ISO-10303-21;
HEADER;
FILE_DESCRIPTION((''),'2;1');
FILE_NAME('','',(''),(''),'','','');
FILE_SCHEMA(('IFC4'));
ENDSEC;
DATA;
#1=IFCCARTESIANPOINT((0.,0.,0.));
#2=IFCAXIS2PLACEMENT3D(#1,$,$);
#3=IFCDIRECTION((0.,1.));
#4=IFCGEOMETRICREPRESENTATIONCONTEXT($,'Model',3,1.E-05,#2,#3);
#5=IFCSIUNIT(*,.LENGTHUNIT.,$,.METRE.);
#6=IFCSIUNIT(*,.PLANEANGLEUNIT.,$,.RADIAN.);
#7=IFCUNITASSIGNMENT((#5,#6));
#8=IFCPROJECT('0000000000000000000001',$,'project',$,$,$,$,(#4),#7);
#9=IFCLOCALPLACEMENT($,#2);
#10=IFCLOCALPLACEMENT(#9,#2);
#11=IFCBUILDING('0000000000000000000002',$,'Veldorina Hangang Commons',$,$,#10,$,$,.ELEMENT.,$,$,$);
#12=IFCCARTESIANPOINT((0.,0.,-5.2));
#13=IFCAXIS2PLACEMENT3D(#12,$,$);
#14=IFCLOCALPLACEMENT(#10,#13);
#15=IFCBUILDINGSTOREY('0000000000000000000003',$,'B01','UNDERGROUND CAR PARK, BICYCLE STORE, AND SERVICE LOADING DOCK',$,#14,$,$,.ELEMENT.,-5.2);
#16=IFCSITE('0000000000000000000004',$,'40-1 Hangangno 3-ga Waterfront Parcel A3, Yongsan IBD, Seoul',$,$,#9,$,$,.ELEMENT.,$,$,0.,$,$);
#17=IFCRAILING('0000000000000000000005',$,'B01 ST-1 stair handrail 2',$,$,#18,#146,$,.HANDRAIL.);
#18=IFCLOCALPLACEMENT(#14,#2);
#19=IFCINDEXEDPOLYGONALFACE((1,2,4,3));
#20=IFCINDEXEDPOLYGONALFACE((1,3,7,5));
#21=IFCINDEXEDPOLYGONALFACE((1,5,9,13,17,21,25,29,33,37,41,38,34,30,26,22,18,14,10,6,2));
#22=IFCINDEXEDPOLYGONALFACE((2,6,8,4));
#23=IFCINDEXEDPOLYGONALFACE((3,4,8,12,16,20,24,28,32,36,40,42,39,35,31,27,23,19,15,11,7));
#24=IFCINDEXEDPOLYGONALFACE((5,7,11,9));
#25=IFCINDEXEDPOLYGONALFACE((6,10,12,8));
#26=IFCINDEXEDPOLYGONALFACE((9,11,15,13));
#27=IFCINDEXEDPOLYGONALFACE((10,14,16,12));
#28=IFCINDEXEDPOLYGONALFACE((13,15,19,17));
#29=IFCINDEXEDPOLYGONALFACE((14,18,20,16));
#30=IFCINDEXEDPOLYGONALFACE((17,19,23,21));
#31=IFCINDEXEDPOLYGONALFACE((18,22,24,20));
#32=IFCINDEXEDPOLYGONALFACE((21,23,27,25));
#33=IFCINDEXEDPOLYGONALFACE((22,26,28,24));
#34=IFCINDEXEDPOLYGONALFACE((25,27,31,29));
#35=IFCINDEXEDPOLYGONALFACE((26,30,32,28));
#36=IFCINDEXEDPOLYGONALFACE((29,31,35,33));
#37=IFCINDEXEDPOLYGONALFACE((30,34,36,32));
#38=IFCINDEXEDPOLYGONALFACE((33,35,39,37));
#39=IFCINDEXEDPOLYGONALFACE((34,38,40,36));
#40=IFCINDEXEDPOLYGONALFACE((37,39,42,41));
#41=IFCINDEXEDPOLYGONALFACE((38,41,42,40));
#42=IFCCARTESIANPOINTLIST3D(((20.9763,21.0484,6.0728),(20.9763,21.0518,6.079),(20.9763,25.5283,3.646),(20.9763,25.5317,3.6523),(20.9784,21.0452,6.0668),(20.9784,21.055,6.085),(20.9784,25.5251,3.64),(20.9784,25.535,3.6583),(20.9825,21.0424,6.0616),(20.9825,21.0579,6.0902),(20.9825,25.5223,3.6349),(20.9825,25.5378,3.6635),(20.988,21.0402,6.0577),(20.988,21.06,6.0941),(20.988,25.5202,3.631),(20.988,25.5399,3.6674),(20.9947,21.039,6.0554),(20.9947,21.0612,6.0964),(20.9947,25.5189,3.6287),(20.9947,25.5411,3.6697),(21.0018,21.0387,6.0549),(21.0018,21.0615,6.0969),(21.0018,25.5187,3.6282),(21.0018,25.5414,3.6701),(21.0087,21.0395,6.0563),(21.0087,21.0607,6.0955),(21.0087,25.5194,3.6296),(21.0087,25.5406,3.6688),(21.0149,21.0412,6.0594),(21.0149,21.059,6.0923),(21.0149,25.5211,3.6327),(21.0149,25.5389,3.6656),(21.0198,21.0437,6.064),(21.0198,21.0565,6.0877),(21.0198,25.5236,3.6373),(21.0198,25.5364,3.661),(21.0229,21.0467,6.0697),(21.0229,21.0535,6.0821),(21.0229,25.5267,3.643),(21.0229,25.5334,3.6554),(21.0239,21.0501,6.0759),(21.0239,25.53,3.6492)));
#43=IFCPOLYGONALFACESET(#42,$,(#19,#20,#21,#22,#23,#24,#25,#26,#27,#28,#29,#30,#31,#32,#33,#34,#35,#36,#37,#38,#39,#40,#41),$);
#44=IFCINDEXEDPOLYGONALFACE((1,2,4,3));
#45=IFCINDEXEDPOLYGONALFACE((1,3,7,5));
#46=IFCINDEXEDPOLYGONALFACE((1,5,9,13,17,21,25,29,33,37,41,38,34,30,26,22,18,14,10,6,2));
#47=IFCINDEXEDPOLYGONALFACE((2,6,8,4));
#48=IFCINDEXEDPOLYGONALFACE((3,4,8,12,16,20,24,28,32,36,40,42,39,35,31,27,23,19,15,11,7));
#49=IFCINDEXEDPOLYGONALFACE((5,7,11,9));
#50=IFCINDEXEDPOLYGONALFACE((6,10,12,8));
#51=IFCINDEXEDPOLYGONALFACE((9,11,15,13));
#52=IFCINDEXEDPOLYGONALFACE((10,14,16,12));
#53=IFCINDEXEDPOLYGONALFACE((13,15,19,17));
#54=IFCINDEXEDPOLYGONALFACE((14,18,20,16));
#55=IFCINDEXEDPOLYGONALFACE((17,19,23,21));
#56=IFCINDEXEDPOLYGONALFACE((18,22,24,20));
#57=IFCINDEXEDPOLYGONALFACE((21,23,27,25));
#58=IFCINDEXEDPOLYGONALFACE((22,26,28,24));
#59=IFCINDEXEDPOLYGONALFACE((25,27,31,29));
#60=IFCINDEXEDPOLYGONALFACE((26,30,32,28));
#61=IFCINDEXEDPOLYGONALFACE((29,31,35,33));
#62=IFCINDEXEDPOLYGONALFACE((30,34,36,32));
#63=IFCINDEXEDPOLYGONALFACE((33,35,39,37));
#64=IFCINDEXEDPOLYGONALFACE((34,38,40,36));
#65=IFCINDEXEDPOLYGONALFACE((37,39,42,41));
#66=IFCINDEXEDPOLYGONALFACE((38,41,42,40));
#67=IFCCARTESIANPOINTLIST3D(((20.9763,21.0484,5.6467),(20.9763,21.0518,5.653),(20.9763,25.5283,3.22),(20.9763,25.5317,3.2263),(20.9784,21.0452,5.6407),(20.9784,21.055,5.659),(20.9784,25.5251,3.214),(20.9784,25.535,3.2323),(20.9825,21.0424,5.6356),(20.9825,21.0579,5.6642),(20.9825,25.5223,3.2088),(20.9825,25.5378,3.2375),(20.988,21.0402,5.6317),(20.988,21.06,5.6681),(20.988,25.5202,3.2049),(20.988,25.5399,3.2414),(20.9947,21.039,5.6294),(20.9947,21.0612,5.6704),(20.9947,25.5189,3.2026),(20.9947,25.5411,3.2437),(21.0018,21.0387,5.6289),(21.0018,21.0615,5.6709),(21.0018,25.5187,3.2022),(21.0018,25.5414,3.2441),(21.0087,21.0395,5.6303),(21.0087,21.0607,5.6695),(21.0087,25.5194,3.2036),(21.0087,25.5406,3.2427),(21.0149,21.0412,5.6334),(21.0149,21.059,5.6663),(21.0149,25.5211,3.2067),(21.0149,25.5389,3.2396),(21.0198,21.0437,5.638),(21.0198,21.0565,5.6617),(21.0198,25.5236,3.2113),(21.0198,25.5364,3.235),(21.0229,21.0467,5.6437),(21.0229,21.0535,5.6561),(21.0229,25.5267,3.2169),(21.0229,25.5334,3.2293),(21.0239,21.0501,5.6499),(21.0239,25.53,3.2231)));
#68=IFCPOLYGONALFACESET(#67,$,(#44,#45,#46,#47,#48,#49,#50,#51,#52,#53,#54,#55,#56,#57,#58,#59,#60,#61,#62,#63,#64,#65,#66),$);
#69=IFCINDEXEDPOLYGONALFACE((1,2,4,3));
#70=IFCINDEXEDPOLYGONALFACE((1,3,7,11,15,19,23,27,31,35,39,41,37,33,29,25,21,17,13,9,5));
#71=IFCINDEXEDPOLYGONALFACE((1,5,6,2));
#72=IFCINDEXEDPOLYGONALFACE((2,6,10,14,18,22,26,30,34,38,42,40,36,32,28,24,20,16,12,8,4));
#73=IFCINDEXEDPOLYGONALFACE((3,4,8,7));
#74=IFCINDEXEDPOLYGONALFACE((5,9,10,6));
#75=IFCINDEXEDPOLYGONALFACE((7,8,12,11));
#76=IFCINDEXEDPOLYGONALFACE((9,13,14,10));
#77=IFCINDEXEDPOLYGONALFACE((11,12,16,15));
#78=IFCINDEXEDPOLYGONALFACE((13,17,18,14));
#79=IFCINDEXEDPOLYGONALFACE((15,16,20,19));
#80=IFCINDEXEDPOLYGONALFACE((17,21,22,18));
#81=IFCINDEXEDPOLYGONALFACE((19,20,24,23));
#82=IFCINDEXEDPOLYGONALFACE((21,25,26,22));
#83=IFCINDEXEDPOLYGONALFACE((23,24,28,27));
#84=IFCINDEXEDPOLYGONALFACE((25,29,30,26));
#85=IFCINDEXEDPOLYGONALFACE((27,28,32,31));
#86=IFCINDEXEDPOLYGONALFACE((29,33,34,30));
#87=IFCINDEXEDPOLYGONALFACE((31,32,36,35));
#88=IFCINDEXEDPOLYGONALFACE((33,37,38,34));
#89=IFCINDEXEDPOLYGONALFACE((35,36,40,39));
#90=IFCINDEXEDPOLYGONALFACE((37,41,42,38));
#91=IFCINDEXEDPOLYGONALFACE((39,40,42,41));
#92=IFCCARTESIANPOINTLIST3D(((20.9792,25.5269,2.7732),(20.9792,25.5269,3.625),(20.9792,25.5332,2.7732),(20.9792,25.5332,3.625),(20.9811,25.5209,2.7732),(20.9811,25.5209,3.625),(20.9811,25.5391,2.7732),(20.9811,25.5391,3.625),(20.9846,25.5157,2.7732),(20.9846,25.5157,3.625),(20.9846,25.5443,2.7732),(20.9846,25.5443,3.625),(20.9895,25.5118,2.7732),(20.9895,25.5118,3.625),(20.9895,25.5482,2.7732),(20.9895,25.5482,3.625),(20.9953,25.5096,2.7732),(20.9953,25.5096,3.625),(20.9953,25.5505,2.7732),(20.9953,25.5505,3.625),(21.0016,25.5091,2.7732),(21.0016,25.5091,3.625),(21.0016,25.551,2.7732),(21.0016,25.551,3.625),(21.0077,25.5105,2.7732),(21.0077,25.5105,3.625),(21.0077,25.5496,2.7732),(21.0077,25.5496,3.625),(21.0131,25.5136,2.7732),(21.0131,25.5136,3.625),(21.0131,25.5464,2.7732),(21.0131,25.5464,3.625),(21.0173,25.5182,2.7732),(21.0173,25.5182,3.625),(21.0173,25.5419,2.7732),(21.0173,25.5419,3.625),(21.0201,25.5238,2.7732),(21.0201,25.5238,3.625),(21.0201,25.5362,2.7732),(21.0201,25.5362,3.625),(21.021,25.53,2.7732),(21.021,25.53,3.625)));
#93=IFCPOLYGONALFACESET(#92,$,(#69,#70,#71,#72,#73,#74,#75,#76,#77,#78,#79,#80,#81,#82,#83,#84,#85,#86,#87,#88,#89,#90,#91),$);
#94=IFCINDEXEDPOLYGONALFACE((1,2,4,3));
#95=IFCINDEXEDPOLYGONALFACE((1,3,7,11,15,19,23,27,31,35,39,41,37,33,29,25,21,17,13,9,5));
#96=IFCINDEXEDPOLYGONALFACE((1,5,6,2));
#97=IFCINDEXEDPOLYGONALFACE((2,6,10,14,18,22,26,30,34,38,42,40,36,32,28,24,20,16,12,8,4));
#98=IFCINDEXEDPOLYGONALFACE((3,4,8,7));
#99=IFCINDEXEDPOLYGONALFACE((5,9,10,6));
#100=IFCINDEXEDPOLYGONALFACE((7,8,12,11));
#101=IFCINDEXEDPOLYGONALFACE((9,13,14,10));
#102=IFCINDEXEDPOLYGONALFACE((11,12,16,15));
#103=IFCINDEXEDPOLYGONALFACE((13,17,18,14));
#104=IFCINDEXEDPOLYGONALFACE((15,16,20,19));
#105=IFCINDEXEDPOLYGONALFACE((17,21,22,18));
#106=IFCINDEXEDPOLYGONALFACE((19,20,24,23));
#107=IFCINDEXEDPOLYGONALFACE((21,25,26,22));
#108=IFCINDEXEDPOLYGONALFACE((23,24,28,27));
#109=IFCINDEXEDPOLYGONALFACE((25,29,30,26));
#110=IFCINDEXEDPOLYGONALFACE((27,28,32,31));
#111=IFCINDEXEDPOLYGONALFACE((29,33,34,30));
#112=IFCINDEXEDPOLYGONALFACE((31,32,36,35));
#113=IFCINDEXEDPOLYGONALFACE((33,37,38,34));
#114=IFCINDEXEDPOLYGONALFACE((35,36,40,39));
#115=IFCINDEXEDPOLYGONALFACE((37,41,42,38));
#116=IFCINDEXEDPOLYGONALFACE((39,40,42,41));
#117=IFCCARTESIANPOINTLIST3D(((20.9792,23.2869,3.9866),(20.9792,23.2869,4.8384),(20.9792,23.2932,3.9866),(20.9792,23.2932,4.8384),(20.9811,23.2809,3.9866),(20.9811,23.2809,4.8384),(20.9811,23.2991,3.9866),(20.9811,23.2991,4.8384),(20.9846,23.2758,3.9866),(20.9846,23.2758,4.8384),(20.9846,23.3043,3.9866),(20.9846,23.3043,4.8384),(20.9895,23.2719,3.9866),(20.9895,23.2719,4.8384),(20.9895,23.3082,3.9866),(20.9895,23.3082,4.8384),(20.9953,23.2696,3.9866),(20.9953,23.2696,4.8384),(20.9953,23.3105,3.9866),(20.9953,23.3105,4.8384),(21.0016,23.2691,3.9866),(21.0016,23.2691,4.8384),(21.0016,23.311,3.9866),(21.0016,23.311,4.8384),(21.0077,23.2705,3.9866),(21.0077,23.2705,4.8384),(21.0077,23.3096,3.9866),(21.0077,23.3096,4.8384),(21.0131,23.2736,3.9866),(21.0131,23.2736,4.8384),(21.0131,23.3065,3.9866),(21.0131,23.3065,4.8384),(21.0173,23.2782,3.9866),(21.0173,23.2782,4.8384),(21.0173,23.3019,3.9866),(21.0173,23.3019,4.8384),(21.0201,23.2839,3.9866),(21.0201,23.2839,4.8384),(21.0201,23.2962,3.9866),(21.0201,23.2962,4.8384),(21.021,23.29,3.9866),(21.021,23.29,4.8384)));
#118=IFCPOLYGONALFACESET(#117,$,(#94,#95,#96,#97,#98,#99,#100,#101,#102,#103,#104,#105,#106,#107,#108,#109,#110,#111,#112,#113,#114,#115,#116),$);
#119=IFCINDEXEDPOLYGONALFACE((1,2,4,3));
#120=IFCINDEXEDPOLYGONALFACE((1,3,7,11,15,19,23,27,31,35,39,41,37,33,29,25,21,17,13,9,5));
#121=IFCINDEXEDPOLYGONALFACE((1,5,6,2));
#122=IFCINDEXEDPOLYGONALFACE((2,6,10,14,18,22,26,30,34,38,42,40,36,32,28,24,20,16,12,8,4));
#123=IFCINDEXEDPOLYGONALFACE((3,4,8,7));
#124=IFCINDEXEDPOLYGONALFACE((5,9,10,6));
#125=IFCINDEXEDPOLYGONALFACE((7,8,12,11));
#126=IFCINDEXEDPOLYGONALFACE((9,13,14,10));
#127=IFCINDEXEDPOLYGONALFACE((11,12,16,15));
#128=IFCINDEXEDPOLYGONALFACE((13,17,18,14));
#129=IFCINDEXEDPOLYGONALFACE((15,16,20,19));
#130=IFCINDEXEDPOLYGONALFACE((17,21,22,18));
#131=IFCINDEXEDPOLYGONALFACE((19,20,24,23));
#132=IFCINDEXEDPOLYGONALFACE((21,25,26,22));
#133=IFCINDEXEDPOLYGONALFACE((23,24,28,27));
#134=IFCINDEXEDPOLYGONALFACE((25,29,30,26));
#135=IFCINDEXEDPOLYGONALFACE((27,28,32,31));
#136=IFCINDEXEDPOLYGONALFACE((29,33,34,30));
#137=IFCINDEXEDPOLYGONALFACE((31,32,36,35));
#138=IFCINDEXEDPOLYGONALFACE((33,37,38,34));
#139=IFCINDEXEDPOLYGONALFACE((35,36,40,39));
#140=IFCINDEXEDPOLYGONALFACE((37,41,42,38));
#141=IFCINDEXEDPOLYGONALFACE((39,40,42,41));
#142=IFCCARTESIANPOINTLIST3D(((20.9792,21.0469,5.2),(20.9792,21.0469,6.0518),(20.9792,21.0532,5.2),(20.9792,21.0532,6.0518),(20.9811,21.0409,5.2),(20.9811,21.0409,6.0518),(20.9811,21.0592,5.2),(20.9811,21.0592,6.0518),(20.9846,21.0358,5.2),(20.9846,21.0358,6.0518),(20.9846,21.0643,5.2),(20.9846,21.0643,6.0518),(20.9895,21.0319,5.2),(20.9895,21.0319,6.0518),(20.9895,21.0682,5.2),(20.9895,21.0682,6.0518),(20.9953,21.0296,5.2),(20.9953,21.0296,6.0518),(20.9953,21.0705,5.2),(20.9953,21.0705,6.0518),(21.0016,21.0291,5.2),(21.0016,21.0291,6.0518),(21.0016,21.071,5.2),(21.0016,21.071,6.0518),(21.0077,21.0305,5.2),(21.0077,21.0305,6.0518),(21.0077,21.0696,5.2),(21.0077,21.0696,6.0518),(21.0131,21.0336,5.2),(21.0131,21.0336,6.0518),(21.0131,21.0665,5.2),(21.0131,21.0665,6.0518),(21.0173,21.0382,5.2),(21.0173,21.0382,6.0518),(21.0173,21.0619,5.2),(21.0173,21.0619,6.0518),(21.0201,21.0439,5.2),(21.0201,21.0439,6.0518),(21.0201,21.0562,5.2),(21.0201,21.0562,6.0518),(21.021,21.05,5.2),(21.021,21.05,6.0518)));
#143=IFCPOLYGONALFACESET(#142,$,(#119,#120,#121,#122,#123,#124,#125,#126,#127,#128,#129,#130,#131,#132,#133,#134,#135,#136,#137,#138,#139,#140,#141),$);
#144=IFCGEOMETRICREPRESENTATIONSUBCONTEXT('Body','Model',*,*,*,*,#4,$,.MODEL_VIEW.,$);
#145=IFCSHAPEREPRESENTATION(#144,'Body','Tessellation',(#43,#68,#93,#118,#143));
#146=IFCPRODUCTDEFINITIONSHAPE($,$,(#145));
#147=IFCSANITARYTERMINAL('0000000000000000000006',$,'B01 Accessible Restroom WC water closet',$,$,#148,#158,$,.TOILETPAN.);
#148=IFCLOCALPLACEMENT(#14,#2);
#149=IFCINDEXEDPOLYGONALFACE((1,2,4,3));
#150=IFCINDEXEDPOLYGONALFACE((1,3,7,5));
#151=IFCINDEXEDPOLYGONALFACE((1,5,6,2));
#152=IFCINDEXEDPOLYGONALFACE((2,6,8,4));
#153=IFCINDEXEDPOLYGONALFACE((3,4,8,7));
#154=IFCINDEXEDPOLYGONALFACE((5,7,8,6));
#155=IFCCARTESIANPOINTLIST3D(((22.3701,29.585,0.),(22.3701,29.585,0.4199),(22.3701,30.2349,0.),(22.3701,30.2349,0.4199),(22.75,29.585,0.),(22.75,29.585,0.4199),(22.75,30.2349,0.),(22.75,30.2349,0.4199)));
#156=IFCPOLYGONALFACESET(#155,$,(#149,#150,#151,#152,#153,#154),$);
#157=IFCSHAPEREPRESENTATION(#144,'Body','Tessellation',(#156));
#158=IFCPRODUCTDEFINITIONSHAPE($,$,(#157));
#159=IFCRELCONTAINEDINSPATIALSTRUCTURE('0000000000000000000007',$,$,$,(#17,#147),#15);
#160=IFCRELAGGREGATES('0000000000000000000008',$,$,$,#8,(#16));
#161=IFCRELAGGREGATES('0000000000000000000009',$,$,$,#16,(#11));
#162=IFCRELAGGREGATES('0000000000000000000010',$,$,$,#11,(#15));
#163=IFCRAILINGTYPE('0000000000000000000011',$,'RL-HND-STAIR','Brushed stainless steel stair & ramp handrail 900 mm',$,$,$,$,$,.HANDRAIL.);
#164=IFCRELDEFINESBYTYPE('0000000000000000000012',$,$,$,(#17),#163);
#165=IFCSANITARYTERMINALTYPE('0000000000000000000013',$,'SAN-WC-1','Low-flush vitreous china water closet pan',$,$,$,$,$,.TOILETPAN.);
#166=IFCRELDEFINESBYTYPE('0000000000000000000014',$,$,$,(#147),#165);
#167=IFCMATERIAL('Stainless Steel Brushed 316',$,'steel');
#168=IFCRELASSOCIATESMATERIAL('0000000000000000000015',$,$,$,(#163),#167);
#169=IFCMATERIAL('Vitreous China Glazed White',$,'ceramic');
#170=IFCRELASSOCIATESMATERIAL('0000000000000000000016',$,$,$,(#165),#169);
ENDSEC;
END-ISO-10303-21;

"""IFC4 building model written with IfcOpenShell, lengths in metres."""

from ifc_helpers import new_model, si_unit, direction, frame, origin, origin_2d, place, context, subcontext, project, spatial, rectangle, circle, extrude, material, type_object, element, save


model = new_model("IFC4")

# Units and contexts
model_context = context("Model", 3, precision=1e-05, world=origin(), true_north=direction((0.0, 1.0)))
body_context = subcontext(model_context, "Body", "Model", "MODEL_VIEW")
ifc_project = project(units=[si_unit("LENGTHUNIT", "METRE"), si_unit("PLANEANGLEUNIT", "RADIAN")], contexts=[model_context])

# Site, building, storey
site_placement = place(None, origin())
site = spatial("IfcSite", under=ifc_project, at=site_placement, Name="40-1 Hangangno 3-ga Waterfront Parcel A3, Yongsan IBD, Seoul", CompositionType="ELEMENT", RefElevation=0.0)
building_placement = place(site_placement, origin())
building = spatial("IfcBuilding", under=site, at=building_placement, Name="Veldorina Hangang Commons", CompositionType="ELEMENT")
storey_placement = place(building_placement, frame((0.0, 0.0, -5.2)))
storey = spatial("IfcBuildingStorey", under=building, at=storey_placement, Name="B01", Description="UNDERGROUND CAR PARK, BICYCLE STORE, AND SERVICE LOADING DOCK", CompositionType="ELEMENT", Elevation=-5.2)

# Railing
ifc_material_1 = material(Name="Stainless Steel Brushed 316", Category="steel")
railing_type_1 = type_object("IfcRailingType", Name="RL-HND-STAIR", Description="Brushed stainless steel stair & ramp handrail 900 mm", PredefinedType="HANDRAIL", material=ifc_material_1)
railing_1_placement = place(storey_placement, frame((21.0, 25.53, 2.7732)))
element("IfcRailing", 1, at=railing_1_placement, inside=storey, type_object=railing_type_1, Name="B01 ST-1 stair handrail 2", PredefinedType="HANDRAIL", context=body_context, shape_type="SweptSolid", body=[
    extrude(circle(Radius=0.0239, at=origin_2d()), frame((0.0, 0.0, 0.876), z_axis=(0.0, -0.879284, 0.476299), x_axis=(1.0, 0.0, 0.0)), (0.0, 0.0, 1.0), 5.095),
    extrude(circle(Radius=0.0239, at=origin_2d()), frame((0.0, 0.0, 0.45), z_axis=(0.0, -0.879284, 0.476299), x_axis=(1.0, 0.0, 0.0)), (0.0, 0.0, 1.0), 5.095),
    extrude(circle(Radius=0.021, at=origin_2d()), origin(), (0.0, 0.0, 1.0), 0.8518),
    extrude(circle(Radius=0.021, at=origin_2d()), frame((0.0, -2.24, 1.2134)), (0.0, 0.0, 1.0), 0.8518),
    extrude(circle(Radius=0.021, at=origin_2d()), frame((0.0, -4.48, 2.4268)), (0.0, 0.0, 1.0), 0.8518),
])

# Sanitary terminal
ifc_material_2 = material(Name="Vitreous China Glazed White", Category="ceramic")
sanitary_terminal_type = type_object("IfcSanitaryTerminalType", Name="SAN-WC-1", Description="Low-flush vitreous china water closet pan", PredefinedType="TOILETPAN", material=ifc_material_2)
sanitary_terminal_placement = place(storey_placement, frame((22.5601, 29.9099, 0.0), z_axis=(0.0, 0.0, 1.0), x_axis=(1.0, 0.0, 0.0)))
element("IfcSanitaryTerminal", 2, at=sanitary_terminal_placement, inside=storey, type_object=sanitary_terminal_type, Name="B01 Accessible Restroom WC water closet", PredefinedType="TOILETPAN", context=body_context, shape_type="SweptSolid", body=[
    extrude(rectangle(XDim=0.3799, YDim=0.6499, at=origin_2d()), origin(), (0.0, 0.0, 1.0), 0.4199),
])

save(model, "model.ifc")
